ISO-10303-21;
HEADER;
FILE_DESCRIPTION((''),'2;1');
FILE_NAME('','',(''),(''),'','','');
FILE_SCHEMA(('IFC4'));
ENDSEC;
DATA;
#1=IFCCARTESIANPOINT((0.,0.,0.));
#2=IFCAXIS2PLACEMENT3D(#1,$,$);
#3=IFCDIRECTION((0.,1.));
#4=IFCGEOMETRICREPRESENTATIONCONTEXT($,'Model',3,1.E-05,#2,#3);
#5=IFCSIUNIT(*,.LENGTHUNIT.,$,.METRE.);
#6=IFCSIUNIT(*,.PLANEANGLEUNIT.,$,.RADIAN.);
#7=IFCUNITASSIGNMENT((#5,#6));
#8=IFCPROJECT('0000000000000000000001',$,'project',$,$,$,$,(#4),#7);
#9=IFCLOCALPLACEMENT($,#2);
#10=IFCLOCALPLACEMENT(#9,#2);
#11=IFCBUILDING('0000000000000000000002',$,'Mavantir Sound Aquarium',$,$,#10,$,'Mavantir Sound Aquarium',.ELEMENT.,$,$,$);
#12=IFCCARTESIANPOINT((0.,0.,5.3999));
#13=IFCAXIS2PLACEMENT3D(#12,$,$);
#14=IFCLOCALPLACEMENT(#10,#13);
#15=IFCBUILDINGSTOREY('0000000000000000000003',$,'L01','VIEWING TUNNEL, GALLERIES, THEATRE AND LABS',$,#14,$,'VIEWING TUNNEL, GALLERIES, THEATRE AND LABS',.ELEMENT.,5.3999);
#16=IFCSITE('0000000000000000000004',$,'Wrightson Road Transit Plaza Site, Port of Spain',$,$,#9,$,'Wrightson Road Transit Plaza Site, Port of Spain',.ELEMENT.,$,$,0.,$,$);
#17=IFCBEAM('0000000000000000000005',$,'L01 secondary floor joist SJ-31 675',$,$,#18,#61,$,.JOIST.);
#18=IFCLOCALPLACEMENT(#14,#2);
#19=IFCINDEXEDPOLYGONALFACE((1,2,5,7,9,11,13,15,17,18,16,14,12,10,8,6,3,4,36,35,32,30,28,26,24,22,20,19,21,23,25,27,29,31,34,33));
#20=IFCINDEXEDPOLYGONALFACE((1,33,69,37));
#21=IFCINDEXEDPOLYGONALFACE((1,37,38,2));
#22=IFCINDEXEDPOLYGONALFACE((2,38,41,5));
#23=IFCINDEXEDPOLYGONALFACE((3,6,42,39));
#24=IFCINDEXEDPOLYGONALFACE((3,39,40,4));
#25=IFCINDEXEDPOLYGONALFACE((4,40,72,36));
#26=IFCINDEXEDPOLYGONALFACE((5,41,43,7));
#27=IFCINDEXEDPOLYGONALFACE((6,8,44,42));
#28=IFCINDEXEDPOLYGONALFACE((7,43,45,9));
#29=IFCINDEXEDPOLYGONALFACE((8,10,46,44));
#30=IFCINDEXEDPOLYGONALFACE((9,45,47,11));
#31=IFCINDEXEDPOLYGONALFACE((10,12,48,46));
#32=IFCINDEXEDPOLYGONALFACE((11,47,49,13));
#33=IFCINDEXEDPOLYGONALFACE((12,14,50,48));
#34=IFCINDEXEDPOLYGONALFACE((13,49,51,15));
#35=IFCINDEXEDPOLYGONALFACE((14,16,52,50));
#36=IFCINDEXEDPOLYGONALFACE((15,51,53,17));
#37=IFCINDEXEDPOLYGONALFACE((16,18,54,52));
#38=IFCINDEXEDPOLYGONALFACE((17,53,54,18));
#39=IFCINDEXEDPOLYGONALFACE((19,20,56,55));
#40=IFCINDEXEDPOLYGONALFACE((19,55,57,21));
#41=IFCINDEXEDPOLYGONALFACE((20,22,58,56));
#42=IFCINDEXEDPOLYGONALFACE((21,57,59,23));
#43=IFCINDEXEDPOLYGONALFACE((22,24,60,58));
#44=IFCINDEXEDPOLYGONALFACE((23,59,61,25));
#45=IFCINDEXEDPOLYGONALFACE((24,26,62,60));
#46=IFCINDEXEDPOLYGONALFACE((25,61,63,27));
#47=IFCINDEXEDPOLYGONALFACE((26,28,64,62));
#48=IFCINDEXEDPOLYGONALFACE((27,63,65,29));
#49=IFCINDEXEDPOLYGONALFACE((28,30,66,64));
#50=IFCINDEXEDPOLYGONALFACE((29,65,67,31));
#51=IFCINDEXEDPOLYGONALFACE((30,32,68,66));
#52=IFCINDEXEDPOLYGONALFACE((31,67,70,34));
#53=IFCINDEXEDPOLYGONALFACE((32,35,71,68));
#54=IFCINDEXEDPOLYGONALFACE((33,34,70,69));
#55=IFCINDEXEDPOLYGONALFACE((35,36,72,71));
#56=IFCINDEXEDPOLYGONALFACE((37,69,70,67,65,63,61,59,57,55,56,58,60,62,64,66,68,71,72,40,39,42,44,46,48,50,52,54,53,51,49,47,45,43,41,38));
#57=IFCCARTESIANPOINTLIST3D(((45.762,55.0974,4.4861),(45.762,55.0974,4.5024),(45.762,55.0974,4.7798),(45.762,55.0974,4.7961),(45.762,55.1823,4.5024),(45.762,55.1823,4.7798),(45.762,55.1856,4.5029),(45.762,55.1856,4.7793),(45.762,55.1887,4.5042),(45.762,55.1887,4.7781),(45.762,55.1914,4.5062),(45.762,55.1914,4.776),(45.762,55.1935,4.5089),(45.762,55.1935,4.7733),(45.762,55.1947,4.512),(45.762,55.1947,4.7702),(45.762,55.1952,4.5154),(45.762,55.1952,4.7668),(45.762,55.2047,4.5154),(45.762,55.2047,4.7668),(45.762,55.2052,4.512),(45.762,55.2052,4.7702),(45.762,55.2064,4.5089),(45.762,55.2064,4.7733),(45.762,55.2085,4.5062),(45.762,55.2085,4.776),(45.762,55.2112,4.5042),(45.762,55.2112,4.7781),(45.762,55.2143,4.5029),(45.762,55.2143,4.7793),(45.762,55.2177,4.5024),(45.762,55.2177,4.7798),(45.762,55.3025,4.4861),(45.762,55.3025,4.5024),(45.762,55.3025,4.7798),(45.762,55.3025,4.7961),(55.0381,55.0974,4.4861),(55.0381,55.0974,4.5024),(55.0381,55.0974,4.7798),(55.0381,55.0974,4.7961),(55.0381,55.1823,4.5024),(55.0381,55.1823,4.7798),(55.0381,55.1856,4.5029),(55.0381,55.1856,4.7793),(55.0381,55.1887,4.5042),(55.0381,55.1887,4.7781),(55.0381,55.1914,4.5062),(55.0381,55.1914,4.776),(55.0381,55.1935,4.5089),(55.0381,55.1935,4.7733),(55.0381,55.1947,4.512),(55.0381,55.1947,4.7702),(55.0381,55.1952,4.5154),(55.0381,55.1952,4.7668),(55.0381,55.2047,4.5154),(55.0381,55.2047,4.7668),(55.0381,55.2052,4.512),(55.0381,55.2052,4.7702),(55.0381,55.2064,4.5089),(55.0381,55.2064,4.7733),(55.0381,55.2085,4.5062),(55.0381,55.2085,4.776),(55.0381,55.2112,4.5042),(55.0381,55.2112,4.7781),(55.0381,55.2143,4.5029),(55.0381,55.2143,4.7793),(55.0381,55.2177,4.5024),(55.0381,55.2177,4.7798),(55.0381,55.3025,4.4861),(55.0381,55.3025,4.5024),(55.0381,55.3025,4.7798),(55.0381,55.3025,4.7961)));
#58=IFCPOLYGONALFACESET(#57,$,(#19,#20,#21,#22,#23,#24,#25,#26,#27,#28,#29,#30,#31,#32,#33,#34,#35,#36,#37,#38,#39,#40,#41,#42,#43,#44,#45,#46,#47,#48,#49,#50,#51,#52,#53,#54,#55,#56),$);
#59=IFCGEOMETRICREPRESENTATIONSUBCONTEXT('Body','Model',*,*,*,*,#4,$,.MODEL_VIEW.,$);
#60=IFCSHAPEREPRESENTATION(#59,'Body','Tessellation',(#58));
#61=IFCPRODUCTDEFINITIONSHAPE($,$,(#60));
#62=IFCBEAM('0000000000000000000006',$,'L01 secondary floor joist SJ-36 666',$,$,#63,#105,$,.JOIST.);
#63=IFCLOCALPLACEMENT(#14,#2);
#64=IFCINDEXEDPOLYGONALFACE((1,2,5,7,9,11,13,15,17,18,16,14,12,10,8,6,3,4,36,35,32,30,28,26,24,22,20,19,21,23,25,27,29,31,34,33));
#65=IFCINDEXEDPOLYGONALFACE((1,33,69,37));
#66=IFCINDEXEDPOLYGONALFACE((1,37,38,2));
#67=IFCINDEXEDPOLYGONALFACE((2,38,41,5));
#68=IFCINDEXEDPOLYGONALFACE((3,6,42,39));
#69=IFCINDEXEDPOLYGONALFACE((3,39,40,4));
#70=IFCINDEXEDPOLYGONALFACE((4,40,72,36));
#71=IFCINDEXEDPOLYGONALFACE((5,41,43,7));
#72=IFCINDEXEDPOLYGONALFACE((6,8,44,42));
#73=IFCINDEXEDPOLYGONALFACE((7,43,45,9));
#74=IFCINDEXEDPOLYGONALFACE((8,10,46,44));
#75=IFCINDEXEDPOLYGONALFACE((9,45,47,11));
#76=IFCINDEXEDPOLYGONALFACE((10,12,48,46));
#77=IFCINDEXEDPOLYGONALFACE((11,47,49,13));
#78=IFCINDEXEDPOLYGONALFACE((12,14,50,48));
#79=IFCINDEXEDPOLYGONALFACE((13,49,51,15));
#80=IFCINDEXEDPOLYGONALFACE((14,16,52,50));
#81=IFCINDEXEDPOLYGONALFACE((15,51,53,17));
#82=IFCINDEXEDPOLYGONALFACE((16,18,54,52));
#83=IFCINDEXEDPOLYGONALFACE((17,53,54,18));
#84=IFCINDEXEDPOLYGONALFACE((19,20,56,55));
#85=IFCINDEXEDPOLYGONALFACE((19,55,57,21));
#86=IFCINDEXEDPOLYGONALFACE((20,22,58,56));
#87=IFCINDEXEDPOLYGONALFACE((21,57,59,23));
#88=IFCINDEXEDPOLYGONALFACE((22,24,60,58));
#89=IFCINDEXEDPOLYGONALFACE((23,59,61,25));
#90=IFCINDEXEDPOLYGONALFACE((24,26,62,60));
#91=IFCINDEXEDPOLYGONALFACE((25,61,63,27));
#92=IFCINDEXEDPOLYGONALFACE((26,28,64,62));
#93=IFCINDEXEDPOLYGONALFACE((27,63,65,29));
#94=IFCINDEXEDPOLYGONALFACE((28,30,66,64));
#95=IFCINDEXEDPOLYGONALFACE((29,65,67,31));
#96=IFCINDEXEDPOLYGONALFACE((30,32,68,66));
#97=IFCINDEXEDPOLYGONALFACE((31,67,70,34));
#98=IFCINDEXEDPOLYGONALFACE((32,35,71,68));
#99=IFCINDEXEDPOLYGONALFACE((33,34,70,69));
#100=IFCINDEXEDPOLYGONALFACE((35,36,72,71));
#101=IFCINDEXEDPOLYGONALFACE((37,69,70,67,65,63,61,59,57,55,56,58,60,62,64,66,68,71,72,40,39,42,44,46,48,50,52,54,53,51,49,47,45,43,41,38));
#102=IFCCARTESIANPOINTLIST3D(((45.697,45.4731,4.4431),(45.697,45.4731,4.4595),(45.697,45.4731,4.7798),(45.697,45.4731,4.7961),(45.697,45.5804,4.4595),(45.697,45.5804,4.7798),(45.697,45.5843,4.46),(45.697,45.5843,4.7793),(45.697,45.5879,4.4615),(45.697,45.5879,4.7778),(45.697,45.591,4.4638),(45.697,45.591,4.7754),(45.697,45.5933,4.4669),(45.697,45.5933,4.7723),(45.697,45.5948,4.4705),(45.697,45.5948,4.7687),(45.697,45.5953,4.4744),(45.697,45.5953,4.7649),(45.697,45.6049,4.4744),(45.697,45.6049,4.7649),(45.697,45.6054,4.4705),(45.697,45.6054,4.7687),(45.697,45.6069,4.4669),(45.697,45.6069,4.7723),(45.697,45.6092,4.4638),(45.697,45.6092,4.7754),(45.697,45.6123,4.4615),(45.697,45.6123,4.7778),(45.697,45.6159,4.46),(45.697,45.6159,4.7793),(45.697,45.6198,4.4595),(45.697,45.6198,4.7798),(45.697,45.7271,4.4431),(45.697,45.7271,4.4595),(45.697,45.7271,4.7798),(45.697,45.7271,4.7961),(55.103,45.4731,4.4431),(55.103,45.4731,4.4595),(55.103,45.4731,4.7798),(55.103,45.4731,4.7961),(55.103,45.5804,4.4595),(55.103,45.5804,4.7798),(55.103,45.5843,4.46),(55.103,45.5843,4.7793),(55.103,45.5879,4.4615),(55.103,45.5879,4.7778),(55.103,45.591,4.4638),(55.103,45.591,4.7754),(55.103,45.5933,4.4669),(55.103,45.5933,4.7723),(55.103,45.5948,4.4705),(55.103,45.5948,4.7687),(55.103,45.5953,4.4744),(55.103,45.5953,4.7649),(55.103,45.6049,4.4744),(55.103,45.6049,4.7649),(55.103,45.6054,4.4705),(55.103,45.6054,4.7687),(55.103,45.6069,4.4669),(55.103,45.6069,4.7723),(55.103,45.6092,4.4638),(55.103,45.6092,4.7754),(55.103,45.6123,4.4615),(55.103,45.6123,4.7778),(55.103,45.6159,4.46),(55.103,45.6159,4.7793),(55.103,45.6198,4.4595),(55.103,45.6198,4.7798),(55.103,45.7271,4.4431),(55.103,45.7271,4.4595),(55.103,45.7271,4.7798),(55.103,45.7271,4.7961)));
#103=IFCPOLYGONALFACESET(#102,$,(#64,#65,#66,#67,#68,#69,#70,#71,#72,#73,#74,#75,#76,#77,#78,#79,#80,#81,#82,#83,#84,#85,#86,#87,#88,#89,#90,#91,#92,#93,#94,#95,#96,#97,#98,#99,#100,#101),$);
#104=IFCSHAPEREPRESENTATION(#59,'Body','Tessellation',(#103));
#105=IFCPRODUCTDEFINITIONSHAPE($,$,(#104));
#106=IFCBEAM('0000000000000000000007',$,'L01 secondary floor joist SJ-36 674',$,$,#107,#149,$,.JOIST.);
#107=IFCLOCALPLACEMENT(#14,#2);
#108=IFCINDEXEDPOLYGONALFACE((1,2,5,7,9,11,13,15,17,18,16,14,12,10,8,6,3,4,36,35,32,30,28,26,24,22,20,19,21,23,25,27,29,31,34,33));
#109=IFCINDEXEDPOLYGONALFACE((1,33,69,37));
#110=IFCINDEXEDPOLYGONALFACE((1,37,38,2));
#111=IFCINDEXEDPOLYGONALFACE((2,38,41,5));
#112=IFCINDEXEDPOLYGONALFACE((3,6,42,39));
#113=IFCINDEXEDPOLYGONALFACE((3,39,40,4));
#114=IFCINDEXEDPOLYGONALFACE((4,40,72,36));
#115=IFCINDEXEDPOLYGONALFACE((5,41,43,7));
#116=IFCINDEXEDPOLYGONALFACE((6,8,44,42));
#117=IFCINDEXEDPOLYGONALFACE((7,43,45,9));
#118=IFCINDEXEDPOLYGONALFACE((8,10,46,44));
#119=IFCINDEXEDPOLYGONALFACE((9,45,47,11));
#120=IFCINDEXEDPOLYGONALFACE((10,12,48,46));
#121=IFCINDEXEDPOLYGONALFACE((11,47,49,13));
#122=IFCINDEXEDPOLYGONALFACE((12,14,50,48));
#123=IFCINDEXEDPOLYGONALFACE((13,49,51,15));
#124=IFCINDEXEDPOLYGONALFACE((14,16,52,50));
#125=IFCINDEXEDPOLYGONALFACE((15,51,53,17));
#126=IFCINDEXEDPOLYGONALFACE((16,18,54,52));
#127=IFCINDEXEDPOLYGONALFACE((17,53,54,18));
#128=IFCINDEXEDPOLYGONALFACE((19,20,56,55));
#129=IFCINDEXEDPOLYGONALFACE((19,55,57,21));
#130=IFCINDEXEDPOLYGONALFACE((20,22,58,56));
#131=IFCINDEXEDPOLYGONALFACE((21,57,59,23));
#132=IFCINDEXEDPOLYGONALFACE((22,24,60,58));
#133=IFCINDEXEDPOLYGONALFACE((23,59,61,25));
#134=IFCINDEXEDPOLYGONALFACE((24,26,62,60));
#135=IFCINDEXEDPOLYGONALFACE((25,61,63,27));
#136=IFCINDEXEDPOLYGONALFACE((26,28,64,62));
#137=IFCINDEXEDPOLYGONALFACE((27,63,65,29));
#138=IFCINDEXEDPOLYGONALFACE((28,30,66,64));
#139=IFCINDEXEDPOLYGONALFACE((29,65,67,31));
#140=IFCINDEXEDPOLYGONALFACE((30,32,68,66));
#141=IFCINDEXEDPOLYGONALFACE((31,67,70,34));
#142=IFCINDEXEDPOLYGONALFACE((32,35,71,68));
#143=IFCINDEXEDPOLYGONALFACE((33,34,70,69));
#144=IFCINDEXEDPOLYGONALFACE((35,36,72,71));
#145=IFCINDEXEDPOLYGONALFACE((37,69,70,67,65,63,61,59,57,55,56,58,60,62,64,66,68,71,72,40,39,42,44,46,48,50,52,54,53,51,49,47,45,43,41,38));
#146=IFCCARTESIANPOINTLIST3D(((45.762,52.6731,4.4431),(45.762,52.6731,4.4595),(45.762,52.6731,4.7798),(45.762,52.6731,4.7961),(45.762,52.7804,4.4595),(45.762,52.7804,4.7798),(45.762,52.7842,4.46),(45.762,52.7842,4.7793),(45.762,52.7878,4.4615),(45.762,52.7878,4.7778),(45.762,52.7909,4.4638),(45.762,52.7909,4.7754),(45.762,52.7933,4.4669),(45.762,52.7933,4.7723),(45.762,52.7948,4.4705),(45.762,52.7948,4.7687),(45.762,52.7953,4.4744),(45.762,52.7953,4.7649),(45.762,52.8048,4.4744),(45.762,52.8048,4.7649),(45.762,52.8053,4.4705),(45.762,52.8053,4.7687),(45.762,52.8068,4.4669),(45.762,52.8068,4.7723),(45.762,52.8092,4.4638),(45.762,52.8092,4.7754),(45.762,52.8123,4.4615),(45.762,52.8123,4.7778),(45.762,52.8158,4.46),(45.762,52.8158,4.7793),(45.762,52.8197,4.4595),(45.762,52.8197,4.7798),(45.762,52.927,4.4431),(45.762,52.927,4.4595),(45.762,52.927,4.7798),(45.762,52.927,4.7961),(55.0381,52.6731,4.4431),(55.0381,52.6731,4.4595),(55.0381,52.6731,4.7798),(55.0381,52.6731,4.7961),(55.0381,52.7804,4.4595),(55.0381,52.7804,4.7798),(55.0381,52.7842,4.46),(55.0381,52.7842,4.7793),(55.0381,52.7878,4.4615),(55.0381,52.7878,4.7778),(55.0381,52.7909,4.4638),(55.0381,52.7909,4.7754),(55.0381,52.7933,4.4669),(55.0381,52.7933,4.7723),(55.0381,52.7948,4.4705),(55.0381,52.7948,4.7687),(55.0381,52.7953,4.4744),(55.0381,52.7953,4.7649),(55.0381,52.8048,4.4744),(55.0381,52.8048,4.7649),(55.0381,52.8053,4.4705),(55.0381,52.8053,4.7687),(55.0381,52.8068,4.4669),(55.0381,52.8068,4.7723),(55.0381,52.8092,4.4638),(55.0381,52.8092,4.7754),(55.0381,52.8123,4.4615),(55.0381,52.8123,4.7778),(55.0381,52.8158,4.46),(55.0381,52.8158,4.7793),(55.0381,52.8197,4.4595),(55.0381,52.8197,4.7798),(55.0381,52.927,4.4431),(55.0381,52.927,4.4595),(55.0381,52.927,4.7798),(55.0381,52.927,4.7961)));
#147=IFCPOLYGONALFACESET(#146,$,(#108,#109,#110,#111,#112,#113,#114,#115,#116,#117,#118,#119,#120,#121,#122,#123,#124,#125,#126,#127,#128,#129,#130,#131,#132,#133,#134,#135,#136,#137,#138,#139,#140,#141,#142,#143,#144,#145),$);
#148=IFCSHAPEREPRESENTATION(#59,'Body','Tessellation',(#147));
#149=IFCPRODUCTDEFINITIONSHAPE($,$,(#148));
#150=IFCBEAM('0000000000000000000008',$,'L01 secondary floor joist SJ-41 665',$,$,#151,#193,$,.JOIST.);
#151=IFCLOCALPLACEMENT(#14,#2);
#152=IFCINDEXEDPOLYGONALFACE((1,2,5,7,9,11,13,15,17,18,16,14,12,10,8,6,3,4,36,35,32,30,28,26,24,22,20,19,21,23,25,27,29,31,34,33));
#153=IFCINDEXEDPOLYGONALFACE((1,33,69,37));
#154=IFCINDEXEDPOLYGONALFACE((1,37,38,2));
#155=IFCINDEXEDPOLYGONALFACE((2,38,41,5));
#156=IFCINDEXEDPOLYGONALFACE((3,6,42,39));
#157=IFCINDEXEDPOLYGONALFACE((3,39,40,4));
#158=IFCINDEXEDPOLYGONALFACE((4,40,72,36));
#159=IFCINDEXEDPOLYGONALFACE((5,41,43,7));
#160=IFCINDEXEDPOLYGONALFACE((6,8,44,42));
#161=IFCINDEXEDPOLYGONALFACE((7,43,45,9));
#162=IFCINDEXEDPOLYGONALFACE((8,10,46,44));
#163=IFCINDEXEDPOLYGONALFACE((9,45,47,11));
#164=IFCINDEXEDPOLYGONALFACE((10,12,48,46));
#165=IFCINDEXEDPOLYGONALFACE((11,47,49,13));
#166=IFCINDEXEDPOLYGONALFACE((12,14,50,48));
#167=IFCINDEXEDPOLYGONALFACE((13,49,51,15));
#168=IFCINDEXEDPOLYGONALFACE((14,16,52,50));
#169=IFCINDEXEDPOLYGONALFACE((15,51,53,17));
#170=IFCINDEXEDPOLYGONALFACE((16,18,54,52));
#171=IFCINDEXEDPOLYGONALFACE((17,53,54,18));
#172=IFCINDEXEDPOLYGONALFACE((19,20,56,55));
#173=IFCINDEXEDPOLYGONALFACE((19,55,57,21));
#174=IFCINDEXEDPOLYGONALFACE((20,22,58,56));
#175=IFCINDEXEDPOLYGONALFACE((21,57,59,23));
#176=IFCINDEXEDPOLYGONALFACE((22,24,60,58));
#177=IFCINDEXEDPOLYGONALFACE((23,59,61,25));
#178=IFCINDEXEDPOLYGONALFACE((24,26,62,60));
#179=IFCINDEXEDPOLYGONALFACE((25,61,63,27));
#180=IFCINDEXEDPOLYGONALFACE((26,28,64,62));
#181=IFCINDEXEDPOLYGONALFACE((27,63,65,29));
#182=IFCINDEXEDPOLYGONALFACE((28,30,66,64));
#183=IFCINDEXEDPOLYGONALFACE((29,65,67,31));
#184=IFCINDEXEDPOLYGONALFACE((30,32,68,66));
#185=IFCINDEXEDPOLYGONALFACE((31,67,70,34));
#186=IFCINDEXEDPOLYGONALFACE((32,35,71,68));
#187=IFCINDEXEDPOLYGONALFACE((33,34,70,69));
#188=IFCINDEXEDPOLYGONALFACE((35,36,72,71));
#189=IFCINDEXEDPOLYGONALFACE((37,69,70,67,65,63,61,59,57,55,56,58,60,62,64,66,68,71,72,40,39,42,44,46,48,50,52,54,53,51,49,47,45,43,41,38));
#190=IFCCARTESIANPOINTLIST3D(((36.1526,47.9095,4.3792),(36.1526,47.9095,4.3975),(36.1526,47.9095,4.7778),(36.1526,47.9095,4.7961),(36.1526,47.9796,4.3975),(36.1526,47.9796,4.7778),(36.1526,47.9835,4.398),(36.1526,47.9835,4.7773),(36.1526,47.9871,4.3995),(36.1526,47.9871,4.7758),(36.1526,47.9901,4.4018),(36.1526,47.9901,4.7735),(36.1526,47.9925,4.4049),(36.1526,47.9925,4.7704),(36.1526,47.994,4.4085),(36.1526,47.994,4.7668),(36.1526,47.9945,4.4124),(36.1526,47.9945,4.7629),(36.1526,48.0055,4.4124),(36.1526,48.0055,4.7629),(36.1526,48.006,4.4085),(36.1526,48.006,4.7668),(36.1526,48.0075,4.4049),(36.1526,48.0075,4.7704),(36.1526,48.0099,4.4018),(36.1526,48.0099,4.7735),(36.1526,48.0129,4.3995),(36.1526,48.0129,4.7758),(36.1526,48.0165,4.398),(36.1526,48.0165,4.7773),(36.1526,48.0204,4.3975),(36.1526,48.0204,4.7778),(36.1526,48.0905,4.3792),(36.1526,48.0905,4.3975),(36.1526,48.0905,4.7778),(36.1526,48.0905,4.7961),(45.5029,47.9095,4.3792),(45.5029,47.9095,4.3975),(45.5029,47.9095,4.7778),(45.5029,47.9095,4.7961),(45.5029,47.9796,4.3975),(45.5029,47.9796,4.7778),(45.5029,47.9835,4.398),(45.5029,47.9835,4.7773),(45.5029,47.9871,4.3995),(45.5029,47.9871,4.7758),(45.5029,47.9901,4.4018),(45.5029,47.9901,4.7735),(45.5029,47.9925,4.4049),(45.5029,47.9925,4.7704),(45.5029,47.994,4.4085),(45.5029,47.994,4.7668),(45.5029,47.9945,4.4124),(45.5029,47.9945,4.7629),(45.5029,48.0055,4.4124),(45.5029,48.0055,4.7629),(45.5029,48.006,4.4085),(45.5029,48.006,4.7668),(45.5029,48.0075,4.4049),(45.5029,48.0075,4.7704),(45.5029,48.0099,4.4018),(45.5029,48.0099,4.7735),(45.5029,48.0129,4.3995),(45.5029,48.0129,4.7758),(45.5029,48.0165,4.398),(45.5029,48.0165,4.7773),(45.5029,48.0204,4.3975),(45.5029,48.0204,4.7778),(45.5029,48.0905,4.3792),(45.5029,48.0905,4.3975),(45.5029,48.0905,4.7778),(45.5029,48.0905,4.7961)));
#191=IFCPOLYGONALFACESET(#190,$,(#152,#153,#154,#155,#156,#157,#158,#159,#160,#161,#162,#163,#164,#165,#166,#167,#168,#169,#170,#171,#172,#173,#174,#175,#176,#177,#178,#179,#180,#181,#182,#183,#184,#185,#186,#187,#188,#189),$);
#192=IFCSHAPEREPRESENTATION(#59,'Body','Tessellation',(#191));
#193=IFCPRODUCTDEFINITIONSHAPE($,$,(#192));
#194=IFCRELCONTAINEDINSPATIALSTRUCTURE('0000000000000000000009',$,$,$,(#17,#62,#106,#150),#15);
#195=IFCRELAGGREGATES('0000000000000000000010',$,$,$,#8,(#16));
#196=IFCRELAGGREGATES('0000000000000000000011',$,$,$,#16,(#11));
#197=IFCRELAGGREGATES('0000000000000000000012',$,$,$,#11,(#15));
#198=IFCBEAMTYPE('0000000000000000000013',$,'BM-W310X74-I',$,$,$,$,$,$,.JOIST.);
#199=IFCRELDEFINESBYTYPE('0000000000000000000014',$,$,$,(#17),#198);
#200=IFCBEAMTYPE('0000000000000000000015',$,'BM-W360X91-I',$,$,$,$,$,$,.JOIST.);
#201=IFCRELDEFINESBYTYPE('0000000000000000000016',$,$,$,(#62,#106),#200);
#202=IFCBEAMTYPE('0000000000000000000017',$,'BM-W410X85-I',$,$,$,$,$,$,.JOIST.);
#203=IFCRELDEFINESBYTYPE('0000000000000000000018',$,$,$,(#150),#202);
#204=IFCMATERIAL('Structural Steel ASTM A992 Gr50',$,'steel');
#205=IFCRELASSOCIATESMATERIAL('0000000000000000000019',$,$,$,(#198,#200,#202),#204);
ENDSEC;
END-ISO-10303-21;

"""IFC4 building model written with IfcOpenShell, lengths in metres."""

from ifc_helpers import new_model, si_unit, direction, frame, origin, origin_2d, place, context, subcontext, project, spatial, i_section, extrude, material, material_profile, profile_set, type_object, element, save


model = new_model("IFC4")

# Units and contexts
model_context = context("Model", 3, precision=1e-05, world=origin(), true_north=direction((0.0, 1.0)))
body_context = subcontext(model_context, "Body", "Model", "MODEL_VIEW")
ifc_project = project(units=[si_unit("LENGTHUNIT", "METRE"), si_unit("PLANEANGLEUNIT", "RADIAN")], contexts=[model_context])

# Site, building, storey
site_placement = place(None, origin())
site = spatial("IfcSite", under=ifc_project, at=site_placement, Name="Wrightson Road Transit Plaza Site, Port of Spain", LongName="Wrightson Road Transit Plaza Site, Port of Spain", CompositionType="ELEMENT", RefElevation=0.0)
building_placement = place(site_placement, origin())
building = spatial("IfcBuilding", under=site, at=building_placement, Name="Mavantir Sound Aquarium", LongName="Mavantir Sound Aquarium", CompositionType="ELEMENT")
storey_placement = place(building_placement, frame((0.0, 0.0, 5.3999)))
storey = spatial("IfcBuildingStorey", under=building, at=storey_placement, Name="L01", Description="VIEWING TUNNEL, GALLERIES, THEATRE AND LABS", LongName="VIEWING TUNNEL, GALLERIES, THEATRE AND LABS", CompositionType="ELEMENT", Elevation=5.3999)

# Beams
ifc_material_1 = material(Name="Structural Steel ASTM A992 Gr50", Category="steel")
ifc_material_profile_1 = material_profile(ifc_material_1, i_section(OverallWidth=0.2051, OverallDepth=0.3101, WebThickness=0.0095, FlangeThickness=0.0164, FilletRadius=0.0129, at=origin_2d()), Name="W310X74")
ifc_profile_set_1 = profile_set([ifc_material_profile_1], Name="Structural Steel ASTM A992 Gr50")
beam_type_1 = type_object("IfcBeamType", Name="BM-W310X74-I", PredefinedType="JOIST", material=ifc_profile_set_1)
beam_1_placement = place(storey_placement, frame((45.762, 55.2, 4.6411), z_axis=(1.0, 0.0, 0.0), x_axis=(0.0, 1.0, 0.0)))
element("IfcBeam", 1, at=beam_1_placement, inside=storey, type_object=beam_type_1, Name="L01 secondary floor joist SJ-31 675", PredefinedType="JOIST", context=body_context, shape_type="SweptSolid", body=[
    extrude(i_section(OverallWidth=0.2051, OverallDepth=0.3101, WebThickness=0.0095, FlangeThickness=0.0164, FilletRadius=0.0129, at=origin_2d()), origin(), (0.0, 0.0, 1.0), 9.2761),
])
ifc_material_profile_2 = material_profile(ifc_material_1, i_section(OverallWidth=0.2539, OverallDepth=0.353, WebThickness=0.0095, FlangeThickness=0.0164, FilletRadius=0.0149, at=origin_2d()), Name="W360X91")
ifc_profile_set_2 = profile_set([ifc_material_profile_2], Name="Structural Steel ASTM A992 Gr50")
beam_type_2 = type_object("IfcBeamType", Name="BM-W360X91-I", PredefinedType="JOIST", material=ifc_profile_set_2)
beam_2_placement = place(storey_placement, frame((45.697, 45.6001, 4.6196), z_axis=(1.0, 0.0, 0.0), x_axis=(0.0, 1.0, 0.0)))
element("IfcBeam", 2, at=beam_2_placement, inside=storey, type_object=beam_type_2, Name="L01 secondary floor joist SJ-36 666", PredefinedType="JOIST", context=body_context, shape_type="SweptSolid", body=[
    extrude(i_section(OverallWidth=0.2539, OverallDepth=0.353, WebThickness=0.0095, FlangeThickness=0.0164, FilletRadius=0.0149, at=origin_2d()), origin(), (0.0, 0.0, 1.0), 9.406),
])
beam_3_placement = place(storey_placement, frame((45.762, 52.8, 4.6196), z_axis=(1.0, 0.0, 0.0), x_axis=(0.0, 1.0, 0.0)))
element("IfcBeam", 3, at=beam_3_placement, inside=storey, type_object=beam_type_2, Name="L01 secondary floor joist SJ-36 674", PredefinedType="JOIST", context=body_context, shape_type="SweptSolid", body=[
    extrude(i_section(OverallWidth=0.2539, OverallDepth=0.353, WebThickness=0.0095, FlangeThickness=0.0164, FilletRadius=0.0149, at=origin_2d()), origin(), (0.0, 0.0, 1.0), 9.2761),
])
ifc_material_profile_3 = material_profile(ifc_material_1, i_section(OverallWidth=0.1809, OverallDepth=0.417, WebThickness=0.011, FlangeThickness=0.0183, FilletRadius=0.0149, at=origin_2d()), Name="W410X85")
ifc_profile_set_3 = profile_set([ifc_material_profile_3], Name="Structural Steel ASTM A992 Gr50")
beam_type_3 = type_object("IfcBeamType", Name="BM-W410X85-I", PredefinedType="JOIST", material=ifc_profile_set_3)
beam_4_placement = place(storey_placement, frame((36.1526, 48.0, 4.5876), z_axis=(1.0, 0.0, 0.0), x_axis=(0.0, 1.0, 0.0)))
element("IfcBeam", 4, at=beam_4_placement, inside=storey, type_object=beam_type_3, Name="L01 secondary floor joist SJ-41 665", PredefinedType="JOIST", context=body_context, shape_type="SweptSolid", body=[
    extrude(i_section(OverallWidth=0.1809, OverallDepth=0.417, WebThickness=0.011, FlangeThickness=0.0183, FilletRadius=0.0149, at=origin_2d()), origin(), (0.0, 0.0, 1.0), 9.3503),
])

save(model, "model.ifc")
